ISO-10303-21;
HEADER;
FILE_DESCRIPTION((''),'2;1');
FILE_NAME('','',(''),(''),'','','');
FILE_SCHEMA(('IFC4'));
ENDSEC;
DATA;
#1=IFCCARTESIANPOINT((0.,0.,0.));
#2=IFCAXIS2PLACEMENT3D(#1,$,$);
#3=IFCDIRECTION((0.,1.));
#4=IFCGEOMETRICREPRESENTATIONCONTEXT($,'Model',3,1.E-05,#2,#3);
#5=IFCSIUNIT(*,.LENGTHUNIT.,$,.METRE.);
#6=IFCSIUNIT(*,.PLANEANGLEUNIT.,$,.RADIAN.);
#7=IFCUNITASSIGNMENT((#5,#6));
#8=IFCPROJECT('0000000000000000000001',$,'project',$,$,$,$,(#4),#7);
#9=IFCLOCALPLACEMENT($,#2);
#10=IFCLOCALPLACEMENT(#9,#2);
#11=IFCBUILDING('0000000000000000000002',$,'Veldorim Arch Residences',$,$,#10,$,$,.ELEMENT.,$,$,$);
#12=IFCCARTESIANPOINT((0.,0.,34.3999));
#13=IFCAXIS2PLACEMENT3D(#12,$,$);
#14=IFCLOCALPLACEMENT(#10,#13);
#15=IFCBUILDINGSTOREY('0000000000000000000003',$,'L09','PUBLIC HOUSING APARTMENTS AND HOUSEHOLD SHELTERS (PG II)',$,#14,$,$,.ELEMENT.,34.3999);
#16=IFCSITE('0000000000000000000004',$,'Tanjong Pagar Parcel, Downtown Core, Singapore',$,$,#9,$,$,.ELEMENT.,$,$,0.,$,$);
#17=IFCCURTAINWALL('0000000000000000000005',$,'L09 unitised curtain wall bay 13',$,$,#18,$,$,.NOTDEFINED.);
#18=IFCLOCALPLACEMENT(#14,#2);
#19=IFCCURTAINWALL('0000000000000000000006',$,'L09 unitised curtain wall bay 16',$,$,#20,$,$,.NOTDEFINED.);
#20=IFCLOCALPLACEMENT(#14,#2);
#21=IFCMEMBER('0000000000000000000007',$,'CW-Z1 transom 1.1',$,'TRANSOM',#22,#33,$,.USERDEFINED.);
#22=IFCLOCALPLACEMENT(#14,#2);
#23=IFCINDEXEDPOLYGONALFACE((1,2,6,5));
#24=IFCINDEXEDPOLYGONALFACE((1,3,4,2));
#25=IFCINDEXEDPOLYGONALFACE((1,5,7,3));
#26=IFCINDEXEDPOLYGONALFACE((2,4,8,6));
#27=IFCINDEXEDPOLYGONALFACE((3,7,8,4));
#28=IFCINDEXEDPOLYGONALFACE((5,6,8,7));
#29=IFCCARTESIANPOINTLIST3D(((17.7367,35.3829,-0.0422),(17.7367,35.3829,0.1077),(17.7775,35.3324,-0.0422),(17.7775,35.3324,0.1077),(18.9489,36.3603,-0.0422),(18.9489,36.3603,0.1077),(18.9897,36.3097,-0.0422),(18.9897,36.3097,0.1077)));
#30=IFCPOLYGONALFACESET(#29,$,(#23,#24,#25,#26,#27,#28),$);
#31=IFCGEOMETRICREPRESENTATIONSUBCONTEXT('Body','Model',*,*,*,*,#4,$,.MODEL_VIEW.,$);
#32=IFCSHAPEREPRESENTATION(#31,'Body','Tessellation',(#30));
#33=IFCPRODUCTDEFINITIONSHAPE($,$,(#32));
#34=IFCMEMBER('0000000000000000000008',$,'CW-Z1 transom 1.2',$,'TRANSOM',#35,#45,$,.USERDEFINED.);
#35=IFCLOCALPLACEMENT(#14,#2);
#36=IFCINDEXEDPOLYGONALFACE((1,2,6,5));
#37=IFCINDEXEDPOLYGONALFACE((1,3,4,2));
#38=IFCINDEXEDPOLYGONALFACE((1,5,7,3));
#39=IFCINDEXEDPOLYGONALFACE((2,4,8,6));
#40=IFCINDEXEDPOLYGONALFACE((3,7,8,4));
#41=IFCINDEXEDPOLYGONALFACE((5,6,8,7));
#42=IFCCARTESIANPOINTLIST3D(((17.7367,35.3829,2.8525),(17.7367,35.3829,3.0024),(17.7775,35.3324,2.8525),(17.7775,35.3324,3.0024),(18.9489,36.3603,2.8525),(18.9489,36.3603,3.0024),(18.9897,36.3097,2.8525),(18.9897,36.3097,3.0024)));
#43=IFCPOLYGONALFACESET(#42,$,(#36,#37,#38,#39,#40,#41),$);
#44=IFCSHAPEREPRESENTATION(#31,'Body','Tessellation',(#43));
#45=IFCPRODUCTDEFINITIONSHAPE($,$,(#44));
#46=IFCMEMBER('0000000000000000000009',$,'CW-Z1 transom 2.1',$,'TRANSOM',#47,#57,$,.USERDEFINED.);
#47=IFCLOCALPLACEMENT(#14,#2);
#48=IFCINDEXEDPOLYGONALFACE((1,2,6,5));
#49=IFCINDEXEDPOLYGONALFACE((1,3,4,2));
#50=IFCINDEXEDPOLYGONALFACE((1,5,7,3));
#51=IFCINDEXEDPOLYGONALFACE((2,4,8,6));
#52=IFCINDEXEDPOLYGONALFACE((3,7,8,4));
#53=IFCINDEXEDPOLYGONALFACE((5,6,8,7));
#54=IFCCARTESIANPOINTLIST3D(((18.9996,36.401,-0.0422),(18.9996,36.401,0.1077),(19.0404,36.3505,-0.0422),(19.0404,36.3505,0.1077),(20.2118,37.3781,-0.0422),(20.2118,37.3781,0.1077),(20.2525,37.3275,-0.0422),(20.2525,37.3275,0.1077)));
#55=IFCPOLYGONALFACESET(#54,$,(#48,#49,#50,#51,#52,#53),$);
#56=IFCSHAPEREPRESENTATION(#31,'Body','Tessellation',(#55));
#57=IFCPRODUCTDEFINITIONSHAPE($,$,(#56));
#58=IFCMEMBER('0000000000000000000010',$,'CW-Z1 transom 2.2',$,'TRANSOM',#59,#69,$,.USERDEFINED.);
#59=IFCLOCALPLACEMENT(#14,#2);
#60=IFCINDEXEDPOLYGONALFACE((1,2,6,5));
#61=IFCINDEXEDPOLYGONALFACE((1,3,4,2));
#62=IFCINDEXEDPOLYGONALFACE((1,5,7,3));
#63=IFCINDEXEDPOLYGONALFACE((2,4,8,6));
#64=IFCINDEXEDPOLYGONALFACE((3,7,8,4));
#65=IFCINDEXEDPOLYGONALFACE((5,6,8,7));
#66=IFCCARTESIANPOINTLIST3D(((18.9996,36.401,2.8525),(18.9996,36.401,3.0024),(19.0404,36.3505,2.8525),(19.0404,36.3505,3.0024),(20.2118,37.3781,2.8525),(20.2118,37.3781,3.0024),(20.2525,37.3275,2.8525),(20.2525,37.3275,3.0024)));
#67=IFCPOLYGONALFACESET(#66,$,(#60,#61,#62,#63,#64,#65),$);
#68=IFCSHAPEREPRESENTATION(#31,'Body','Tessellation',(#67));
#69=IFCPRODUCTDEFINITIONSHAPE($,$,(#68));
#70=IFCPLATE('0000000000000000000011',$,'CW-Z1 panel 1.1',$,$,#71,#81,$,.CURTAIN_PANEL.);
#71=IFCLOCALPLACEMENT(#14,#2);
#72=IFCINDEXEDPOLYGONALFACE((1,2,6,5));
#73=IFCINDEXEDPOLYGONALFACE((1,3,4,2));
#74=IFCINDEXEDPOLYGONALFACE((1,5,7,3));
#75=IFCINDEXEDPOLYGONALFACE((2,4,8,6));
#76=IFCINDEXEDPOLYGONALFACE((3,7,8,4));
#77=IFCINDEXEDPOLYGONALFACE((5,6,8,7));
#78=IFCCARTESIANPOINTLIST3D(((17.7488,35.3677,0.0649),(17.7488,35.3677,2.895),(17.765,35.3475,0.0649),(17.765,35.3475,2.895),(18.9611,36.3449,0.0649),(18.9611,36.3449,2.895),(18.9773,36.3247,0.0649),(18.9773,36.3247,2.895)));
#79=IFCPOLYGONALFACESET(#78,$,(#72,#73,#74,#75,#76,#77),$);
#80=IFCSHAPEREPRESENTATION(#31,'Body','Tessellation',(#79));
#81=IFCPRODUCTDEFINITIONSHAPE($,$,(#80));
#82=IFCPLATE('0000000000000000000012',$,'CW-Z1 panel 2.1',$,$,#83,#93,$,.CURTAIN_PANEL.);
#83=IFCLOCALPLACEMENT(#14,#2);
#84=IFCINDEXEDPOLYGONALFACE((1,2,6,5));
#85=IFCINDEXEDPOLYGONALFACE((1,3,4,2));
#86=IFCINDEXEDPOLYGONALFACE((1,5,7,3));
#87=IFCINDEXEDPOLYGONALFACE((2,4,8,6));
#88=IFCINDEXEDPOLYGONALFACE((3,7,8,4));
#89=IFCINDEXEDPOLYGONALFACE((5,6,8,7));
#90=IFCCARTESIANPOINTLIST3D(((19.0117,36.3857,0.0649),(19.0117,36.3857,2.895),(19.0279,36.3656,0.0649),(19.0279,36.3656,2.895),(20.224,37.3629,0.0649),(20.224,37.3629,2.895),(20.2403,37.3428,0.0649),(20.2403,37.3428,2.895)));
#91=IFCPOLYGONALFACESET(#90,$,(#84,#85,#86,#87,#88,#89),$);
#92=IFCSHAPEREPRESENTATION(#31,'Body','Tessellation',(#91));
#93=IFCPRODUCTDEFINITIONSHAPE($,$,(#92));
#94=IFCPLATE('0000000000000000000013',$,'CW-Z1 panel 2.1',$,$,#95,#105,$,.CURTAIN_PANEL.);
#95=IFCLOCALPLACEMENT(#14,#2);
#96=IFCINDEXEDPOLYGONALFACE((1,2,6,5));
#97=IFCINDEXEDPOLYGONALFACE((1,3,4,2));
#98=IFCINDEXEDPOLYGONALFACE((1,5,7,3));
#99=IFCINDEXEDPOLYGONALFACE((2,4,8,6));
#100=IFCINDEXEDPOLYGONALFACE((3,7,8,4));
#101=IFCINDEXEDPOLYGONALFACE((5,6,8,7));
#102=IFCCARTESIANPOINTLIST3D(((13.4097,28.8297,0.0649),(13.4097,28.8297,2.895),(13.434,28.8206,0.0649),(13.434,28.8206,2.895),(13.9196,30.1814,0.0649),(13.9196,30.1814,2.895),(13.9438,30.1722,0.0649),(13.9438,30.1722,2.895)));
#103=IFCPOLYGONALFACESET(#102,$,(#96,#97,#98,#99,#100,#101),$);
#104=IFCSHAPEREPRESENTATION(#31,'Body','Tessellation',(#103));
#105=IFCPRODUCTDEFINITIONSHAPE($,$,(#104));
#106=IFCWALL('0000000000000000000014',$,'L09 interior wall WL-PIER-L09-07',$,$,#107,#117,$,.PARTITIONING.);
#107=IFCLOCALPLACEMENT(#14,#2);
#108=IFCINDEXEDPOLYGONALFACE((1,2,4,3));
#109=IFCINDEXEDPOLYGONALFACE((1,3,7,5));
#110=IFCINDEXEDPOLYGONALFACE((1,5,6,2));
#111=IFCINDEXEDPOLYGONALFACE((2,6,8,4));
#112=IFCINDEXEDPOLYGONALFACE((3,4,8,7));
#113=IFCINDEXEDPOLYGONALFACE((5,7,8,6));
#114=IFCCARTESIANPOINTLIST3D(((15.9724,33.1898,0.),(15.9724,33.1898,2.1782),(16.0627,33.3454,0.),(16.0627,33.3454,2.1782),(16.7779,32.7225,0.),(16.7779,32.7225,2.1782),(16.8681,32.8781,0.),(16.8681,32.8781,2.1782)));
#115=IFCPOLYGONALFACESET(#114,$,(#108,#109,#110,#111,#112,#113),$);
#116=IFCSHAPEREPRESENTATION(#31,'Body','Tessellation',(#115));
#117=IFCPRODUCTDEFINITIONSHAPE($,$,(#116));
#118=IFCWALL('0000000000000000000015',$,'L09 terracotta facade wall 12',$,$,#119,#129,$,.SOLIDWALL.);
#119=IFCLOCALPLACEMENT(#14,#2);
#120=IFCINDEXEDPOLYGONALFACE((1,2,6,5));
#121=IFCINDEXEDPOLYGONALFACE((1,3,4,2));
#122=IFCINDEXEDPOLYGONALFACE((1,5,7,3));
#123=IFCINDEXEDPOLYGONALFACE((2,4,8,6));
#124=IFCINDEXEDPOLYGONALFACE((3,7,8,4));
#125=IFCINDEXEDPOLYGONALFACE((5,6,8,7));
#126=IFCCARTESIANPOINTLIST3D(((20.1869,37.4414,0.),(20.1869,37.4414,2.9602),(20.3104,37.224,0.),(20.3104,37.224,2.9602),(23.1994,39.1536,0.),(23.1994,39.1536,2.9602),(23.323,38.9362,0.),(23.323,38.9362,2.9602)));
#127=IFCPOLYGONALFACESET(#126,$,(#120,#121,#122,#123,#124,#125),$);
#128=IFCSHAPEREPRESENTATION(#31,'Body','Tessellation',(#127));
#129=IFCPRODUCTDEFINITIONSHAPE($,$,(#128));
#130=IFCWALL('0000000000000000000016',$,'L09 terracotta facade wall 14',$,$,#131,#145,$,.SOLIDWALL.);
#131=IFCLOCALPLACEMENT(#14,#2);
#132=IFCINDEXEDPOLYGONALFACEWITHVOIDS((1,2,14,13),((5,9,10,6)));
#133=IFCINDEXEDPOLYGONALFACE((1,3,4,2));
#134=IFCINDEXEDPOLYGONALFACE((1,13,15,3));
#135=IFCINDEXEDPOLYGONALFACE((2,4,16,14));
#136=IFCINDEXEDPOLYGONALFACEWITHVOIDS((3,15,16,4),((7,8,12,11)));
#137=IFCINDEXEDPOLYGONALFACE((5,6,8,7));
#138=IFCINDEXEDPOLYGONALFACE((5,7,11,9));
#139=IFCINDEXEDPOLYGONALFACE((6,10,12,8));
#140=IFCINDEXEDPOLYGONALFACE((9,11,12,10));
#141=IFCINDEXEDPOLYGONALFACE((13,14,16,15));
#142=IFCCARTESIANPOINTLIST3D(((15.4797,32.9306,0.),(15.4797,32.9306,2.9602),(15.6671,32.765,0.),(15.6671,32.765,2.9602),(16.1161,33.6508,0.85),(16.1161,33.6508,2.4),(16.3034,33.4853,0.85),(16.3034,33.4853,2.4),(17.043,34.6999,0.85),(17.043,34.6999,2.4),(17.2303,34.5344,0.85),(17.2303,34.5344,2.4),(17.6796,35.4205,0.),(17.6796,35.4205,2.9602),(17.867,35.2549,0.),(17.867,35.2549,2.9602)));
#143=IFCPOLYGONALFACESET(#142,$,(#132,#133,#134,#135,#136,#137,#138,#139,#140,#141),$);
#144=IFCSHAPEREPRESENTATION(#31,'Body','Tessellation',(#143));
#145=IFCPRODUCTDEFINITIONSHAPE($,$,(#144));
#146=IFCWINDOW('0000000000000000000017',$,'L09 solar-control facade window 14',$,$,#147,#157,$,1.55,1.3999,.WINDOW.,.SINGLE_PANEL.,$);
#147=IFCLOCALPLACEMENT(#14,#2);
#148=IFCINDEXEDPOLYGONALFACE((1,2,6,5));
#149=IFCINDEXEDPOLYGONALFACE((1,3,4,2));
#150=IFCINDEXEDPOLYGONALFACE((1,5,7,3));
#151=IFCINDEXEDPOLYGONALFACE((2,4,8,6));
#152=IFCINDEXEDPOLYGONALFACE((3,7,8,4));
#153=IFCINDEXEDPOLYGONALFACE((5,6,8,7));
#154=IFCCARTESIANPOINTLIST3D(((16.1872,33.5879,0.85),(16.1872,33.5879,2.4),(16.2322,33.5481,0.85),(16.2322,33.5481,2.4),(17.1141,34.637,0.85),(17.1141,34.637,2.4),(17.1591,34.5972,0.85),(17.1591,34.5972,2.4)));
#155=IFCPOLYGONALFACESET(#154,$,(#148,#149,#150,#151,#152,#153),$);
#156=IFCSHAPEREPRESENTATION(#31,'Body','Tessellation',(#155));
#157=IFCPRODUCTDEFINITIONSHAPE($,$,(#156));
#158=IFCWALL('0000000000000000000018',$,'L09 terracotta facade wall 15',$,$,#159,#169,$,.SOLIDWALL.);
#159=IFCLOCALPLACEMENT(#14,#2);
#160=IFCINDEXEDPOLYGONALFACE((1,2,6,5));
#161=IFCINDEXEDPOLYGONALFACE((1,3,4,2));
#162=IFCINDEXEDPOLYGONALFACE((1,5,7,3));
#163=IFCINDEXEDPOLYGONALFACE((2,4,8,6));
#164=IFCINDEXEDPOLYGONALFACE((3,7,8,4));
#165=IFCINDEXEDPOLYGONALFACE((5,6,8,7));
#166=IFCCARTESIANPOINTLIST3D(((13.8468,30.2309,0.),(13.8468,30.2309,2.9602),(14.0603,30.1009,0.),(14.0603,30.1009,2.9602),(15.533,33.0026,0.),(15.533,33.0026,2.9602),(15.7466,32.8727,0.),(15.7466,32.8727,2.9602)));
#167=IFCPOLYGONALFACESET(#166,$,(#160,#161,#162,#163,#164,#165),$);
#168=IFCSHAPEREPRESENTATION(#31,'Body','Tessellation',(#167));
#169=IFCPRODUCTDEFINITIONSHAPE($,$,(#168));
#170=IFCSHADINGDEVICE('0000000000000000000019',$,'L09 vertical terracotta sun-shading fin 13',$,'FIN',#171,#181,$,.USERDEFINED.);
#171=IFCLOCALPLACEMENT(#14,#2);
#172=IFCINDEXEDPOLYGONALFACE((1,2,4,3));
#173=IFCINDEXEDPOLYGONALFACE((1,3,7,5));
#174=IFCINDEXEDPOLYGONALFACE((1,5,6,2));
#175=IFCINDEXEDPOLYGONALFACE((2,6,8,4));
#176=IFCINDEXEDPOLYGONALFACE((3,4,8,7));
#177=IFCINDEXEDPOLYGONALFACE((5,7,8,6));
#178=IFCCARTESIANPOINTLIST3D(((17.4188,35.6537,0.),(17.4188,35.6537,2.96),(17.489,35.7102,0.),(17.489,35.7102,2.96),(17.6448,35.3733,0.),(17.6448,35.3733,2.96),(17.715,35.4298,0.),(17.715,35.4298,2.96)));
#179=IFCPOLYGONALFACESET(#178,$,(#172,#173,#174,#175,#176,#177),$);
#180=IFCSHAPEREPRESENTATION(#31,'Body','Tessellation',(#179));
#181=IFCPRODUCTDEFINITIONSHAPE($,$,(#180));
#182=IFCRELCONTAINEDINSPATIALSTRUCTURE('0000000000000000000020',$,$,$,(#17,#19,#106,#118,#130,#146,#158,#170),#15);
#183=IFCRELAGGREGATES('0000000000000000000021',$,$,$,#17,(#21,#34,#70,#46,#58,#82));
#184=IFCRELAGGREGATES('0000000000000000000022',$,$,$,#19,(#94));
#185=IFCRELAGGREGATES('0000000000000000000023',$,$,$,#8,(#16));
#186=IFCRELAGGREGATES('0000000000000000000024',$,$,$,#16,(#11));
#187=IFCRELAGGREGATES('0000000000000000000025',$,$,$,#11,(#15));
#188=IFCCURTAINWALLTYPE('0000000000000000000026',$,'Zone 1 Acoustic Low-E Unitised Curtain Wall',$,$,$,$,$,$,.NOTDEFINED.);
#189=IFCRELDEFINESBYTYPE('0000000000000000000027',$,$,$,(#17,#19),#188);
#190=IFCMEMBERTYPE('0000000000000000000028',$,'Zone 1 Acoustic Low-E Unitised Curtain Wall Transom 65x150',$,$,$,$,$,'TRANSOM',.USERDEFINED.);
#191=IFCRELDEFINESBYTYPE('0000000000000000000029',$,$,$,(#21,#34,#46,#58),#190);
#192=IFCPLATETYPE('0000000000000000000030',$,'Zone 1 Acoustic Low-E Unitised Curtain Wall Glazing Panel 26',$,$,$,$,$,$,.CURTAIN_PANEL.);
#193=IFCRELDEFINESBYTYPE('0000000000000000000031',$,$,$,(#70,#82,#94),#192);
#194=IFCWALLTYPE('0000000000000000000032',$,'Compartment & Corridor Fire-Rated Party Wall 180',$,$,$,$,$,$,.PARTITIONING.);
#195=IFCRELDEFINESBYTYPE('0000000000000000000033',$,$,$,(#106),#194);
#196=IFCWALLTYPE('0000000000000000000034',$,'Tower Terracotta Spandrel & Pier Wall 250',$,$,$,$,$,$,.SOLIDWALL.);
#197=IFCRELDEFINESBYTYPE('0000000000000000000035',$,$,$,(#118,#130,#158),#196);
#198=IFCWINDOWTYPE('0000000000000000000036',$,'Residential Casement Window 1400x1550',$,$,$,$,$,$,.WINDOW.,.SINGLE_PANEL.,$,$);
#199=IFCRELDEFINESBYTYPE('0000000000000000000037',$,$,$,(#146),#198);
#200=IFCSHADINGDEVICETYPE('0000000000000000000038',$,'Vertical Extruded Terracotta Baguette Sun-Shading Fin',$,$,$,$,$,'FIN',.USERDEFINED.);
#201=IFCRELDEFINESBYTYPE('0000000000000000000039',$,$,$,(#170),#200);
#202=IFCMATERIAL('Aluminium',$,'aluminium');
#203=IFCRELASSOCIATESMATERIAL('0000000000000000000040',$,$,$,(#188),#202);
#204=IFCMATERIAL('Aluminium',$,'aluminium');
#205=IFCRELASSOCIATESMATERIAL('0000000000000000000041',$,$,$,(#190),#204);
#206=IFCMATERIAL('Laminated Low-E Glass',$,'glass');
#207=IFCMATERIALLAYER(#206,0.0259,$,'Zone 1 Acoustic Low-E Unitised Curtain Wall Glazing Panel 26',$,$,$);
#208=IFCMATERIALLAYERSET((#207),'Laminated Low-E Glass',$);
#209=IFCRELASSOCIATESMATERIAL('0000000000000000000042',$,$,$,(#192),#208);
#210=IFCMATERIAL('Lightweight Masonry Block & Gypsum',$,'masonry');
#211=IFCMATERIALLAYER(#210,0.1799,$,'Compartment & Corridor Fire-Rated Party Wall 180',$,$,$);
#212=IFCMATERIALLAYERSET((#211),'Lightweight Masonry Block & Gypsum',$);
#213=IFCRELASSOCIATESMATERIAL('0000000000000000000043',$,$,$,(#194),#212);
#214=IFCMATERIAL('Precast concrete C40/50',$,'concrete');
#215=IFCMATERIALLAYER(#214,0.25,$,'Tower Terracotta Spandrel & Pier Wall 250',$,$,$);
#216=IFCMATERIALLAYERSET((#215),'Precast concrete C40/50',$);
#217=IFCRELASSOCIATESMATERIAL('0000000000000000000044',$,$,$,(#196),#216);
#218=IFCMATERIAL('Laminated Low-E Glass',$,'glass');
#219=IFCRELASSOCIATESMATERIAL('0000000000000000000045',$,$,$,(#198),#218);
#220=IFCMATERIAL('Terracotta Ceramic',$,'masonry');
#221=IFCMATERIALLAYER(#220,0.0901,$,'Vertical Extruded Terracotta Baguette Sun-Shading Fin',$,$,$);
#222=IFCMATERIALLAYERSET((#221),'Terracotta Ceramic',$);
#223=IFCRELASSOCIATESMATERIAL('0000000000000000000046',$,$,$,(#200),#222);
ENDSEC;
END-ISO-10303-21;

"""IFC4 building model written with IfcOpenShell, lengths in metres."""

from ifc_helpers import new_model, si_unit, direction, frame, frame_2d, origin, origin_2d, place, context, subcontext, project, spatial, rectangle, extrude, material, layer, layer_set, material_profile, profile_set, type_object, element, fill, aggregate, save


model = new_model("IFC4")

# Units and contexts
model_context = context("Model", 3, precision=1e-05, world=origin(), true_north=direction((0.0, 1.0)))
body_context = subcontext(model_context, "Body", "Model", "MODEL_VIEW")
ifc_project = project(units=[si_unit("LENGTHUNIT", "METRE"), si_unit("PLANEANGLEUNIT", "RADIAN")], contexts=[model_context])

# Site, building, storey
site_placement = place(None, origin())
site = spatial("IfcSite", under=ifc_project, at=site_placement, Name="Tanjong Pagar Parcel, Downtown Core, Singapore", CompositionType="ELEMENT", RefElevation=0.0)
building_placement = place(site_placement, origin())
building = spatial("IfcBuilding", under=site, at=building_placement, Name="Veldorim Arch Residences", CompositionType="ELEMENT")
storey_placement = place(building_placement, frame((0.0, 0.0, 34.3999)))
storey = spatial("IfcBuildingStorey", under=building, at=storey_placement, Name="L09", Description="PUBLIC HOUSING APARTMENTS AND HOUSEHOLD SHELTERS (PG II)", CompositionType="ELEMENT", Elevation=34.3999)

# Curtain wall
ifc_material_1 = material(Name="Aluminium", Category="aluminium")
curtain_wall_type = type_object("IfcCurtainWallType", Name="Zone 1 Acoustic Low-E Unitised Curtain Wall", PredefinedType="NOTDEFINED", material=ifc_material_1)
curtain_wall_1_placement = place(storey_placement, origin())
curtain_wall_1 = element("IfcCurtainWall", 1, at=curtain_wall_1_placement, inside=storey, type_object=curtain_wall_type, Name="L09 unitised curtain wall bay 13", PredefinedType="NOTDEFINED")

# Curtain wall
curtain_wall_2_placement = place(storey_placement, origin())
curtain_wall_2 = element("IfcCurtainWall", 2, at=curtain_wall_2_placement, inside=storey, type_object=curtain_wall_type, Name="L09 unitised curtain wall bay 16", PredefinedType="NOTDEFINED")

# Members
ifc_material_2 = material(Name="Aluminium", Category="aluminium")
ifc_material_profile_1 = material_profile(ifc_material_2, rectangle(XDim=0.0649, YDim=0.1499, at=origin_2d()), Name="ALU_TRN_65x150")
ifc_profile_set_1 = profile_set([ifc_material_profile_1], Name="Aluminium")
member_type_1 = type_object("IfcMemberType", Name="Zone 1 Acoustic Low-E Unitised Curtain Wall Transom 65x150", ElementType="TRANSOM", PredefinedType="USERDEFINED", material=ifc_profile_set_1)
member_1_placement = place(storey_placement, frame((17.7571, 35.3577, 0.0327), z_axis=(0.778492, 0.627654, 0.0), x_axis=(-0.627654, 0.778492, 0.0)))
member_1 = element("IfcMember", 3, at=member_1_placement, type_object=member_type_1, Name="CW-Z1 transom 1.1", ObjectType="TRANSOM", PredefinedType="USERDEFINED", context=body_context, shape_type="SweptSolid", body=[
    extrude(rectangle(XDim=0.0649, YDim=0.1499, at=origin_2d()), origin(), (0.0, 0.0, 1.0), 1.5571),
])
member_2_placement = place(storey_placement, frame((17.7571, 35.3577, 2.9275), z_axis=(0.778492, 0.627654, 0.0), x_axis=(-0.627654, 0.778492, 0.0)))
member_2 = element("IfcMember", 4, at=member_2_placement, type_object=member_type_1, Name="CW-Z1 transom 1.2", ObjectType="TRANSOM", PredefinedType="USERDEFINED", context=body_context, shape_type="SweptSolid", body=[
    extrude(rectangle(XDim=0.0649, YDim=0.1499, at=origin_2d()), origin(), (0.0, 0.0, 1.0), 1.5571),
])
member_3_placement = place(storey_placement, frame((19.02, 36.3757, 0.0327), z_axis=(0.778569, 0.627559, 0.0), x_axis=(-0.627559, 0.778569, 0.0)))
member_3 = element("IfcMember", 5, at=member_3_placement, type_object=member_type_1, Name="CW-Z1 transom 2.1", ObjectType="TRANSOM", PredefinedType="USERDEFINED", context=body_context, shape_type="SweptSolid", body=[
    extrude(rectangle(XDim=0.0649, YDim=0.1499, at=origin_2d()), origin(), (0.0, 0.0, 1.0), 1.5569),
])
member_4_placement = place(storey_placement, frame((19.02, 36.3757, 2.9275), z_axis=(0.778569, 0.627559, 0.0), x_axis=(-0.627559, 0.778569, 0.0)))
member_4 = element("IfcMember", 6, at=member_4_placement, type_object=member_type_1, Name="CW-Z1 transom 2.2", ObjectType="TRANSOM", PredefinedType="USERDEFINED", context=body_context, shape_type="SweptSolid", body=[
    extrude(rectangle(XDim=0.0649, YDim=0.1499, at=origin_2d()), origin(), (0.0, 0.0, 1.0), 1.5569),
])

# Plates
ifc_material_3 = material(Name="Laminated Low-E Glass", Category="glass")
ifc_layer_1 = layer(ifc_material_3, 0.0259, Name="Zone 1 Acoustic Low-E Unitised Curtain Wall Glazing Panel 26")
ifc_layer_set_1 = layer_set([ifc_layer_1], Name="Laminated Low-E Glass")
plate_type = type_object("IfcPlateType", Name="Zone 1 Acoustic Low-E Unitised Curtain Wall Glazing Panel 26", PredefinedType="CURTAIN_PANEL", material=ifc_layer_set_1)
plate_1_placement = place(storey_placement, frame((18.363, 35.8462, 0.0649), z_axis=(0.0, 0.0, 1.0), x_axis=(0.778567, 0.627562, 0.0)))
plate_1 = element("IfcPlate", 7, at=plate_1_placement, type_object=plate_type, Name="CW-Z1 panel 1.1", PredefinedType="CURTAIN_PANEL", context=body_context, shape_type="SweptSolid", body=[
    extrude(rectangle(XDim=1.5571, YDim=0.0259, at=origin_2d()), origin(), (0.0, 0.0, 1.0), 2.8301),
])
plate_2_placement = place(storey_placement, frame((19.626, 36.8643, 0.0649), z_axis=(0.0, 0.0, 1.0), x_axis=(0.778567, 0.627562, 0.0)))
plate_2 = element("IfcPlate", 8, at=plate_2_placement, type_object=plate_type, Name="CW-Z1 panel 2.1", PredefinedType="CURTAIN_PANEL", context=body_context, shape_type="SweptSolid", body=[
    extrude(rectangle(XDim=1.5571, YDim=0.0259, at=origin_2d()), origin(), (0.0, 0.0, 1.0), 2.8301),
])
aggregate(curtain_wall_1, [member_1, member_2, plate_1, member_3, member_4, plate_2])
plate_3_placement = place(storey_placement, frame((13.6768, 29.501, 0.0649), z_axis=(0.0, 0.0, 1.0), x_axis=(0.352914, 0.935656, 0.0)))
plate_3 = element("IfcPlate", 9, at=plate_3_placement, type_object=plate_type, Name="CW-Z1 panel 2.1", PredefinedType="CURTAIN_PANEL", context=body_context, shape_type="SweptSolid", body=[
    extrude(rectangle(XDim=1.4446, YDim=0.0259, at=origin_2d()), origin(), (0.0, 0.0, 1.0), 2.8301),
])
aggregate(curtain_wall_2, [plate_3])

# Walls
ifc_material_4 = material(Name="Lightweight Masonry Block & Gypsum", Category="masonry")
ifc_layer_2 = layer(ifc_material_4, 0.1799, Name="Compartment & Corridor Fire-Rated Party Wall 180")
ifc_layer_set_2 = layer_set([ifc_layer_2], Name="Lightweight Masonry Block & Gypsum")
wall_type_1 = type_object("IfcWallType", Name="Compartment & Corridor Fire-Rated Party Wall 180", PredefinedType="PARTITIONING", material=ifc_layer_set_2)
wall_1_placement = place(storey_placement, frame((16.823, 32.8003, 0.0), z_axis=(0.0, 0.0, 1.0), x_axis=(-0.864965, 0.501832, 0.0)))
element("IfcWall", 10, at=wall_1_placement, inside=storey, type_object=wall_type_1, Name="L09 interior wall WL-PIER-L09-07", PredefinedType="PARTITIONING", context=body_context, shape_type="SweptSolid", body=[
    extrude(rectangle(XDim=0.9312, YDim=0.1799, at=frame_2d((0.4656, 0.0))), origin(), (0.0, 0.0, 1.0), 2.1782),
])
ifc_material_5 = material(Name="Precast concrete C40/50", Category="concrete")
ifc_layer_3 = layer(ifc_material_5, 0.25, Name="Tower Terracotta Spandrel & Pier Wall 250")
ifc_layer_set_3 = layer_set([ifc_layer_3], Name="Precast concrete C40/50")
wall_type_2 = type_object("IfcWallType", Name="Tower Terracotta Spandrel & Pier Wall 250", PredefinedType="SOLIDWALL", material=ifc_layer_set_3)
wall_2_placement = place(storey_placement, frame((20.2488, 37.3328, 0.0), z_axis=(0.0, 0.0, 1.0), x_axis=(0.86939, 0.494127, 0.0)))
element("IfcWall", 11, at=wall_2_placement, inside=storey, type_object=wall_type_2, Name="L09 terracotta facade wall 12", PredefinedType="SOLIDWALL", context=body_context, shape_type="SweptSolid", body=[
    extrude(rectangle(XDim=3.4651, YDim=0.25, at=frame_2d((1.7324, 0.0))), origin(), (0.0, 0.0, 1.0), 2.9602),
])

# Wall, opening, window
wall_3_placement = place(storey_placement, frame((15.5735, 32.8479, 0.0), z_axis=(0.0, 0.0, 1.0), x_axis=(0.662112, 0.749405, 0.0)))
wall_3 = element("IfcWall", 12, at=wall_3_placement, inside=storey, type_object=wall_type_2, Name="L09 terracotta facade wall 14", PredefinedType="SOLIDWALL", context=body_context, shape_type="SweptSolid", body=[
    extrude(rectangle(XDim=3.3225, YDim=0.25, at=frame_2d((1.6611, 0.0))), origin(), (0.0, 0.0, 1.0), 2.9602),
])
opening_placement = place(wall_3_placement, frame((0.9609, 0.0, 0.8501)))
opening = element("IfcOpeningElement", 13, at=opening_placement, cuts=wall_3, PredefinedType="OPENING", context=body_context, shape_type="SweptSolid", body=[
    extrude(rectangle(XDim=1.3999, YDim=1.55, at=frame_2d((0.7, 0.7749))), frame((0.0, 0.135, 0.0), z_axis=(0.0, -1.0, 0.0), x_axis=(1.0, 0.0, 0.0)), (0.0, 0.0, 1.0), 0.27),
])
ifc_material_6 = material(Name="Laminated Low-E Glass", Category="glass")
window_type = type_object("IfcWindowType", Name="Residential Casement Window 1400x1550", PartitioningType="SINGLE_PANEL", PredefinedType="WINDOW", material=ifc_material_6)
window_placement = place(opening_placement, origin())
window = element("IfcWindow", 14, at=window_placement, inside=storey, type_object=window_type, Name="L09 solar-control facade window 14", OverallHeight=1.55, OverallWidth=1.3999, PartitioningType="SINGLE_PANEL", PredefinedType="WINDOW", context=body_context, shape_type="SweptSolid", body=[
    extrude(rectangle(XDim=1.3999, YDim=1.55, at=frame_2d((0.7, 0.7749))), frame((0.0, 0.03, 0.0), z_axis=(0.0, -1.0, 0.0), x_axis=(1.0, 0.0, 0.0)), (0.0, 0.0, 1.0), 0.0601),
])
fill(opening, window)

# Wall
wall_4_placement = place(storey_placement, frame((13.9536, 30.166, 0.0), z_axis=(0.0, 0.0, 1.0), x_axis=(0.519754, 0.854316, 0.0)))
element("IfcWall", 15, at=wall_4_placement, inside=storey, type_object=wall_type_2, Name="L09 terracotta facade wall 15", PredefinedType="SOLIDWALL", context=body_context, shape_type="SweptSolid", body=[
    extrude(rectangle(XDim=3.2444, YDim=0.25, at=frame_2d((1.6221, 0.0))), origin(), (0.0, 0.0, 1.0), 2.9602),
])

# Shading device
ifc_material_7 = material(Name="Terracotta Ceramic", Category="masonry")
ifc_layer_4 = layer(ifc_material_7, 0.0901, Name="Vertical Extruded Terracotta Baguette Sun-Shading Fin")
ifc_layer_set_4 = layer_set([ifc_layer_4], Name="Terracotta Ceramic")
shading_device_type = type_object("IfcShadingDeviceType", Name="Vertical Extruded Terracotta Baguette Sun-Shading Fin", ElementType="FIN", PredefinedType="USERDEFINED", material=ifc_layer_set_4)
shading_device_placement = place(storey_placement, frame((17.5669, 35.5417, 0.0), z_axis=(0.0, 0.0, 1.0), x_axis=(0.778572, 0.627555, 0.0)))
element("IfcShadingDevice", 16, at=shading_device_placement, inside=storey, type_object=shading_device_type, Name="L09 vertical terracotta sun-shading fin 13", ObjectType="FIN", PredefinedType="USERDEFINED", context=body_context, shape_type="SweptSolid", body=[
    extrude(rectangle(XDim=0.0901, YDim=0.3601, at=origin_2d()), origin(), (0.0, 0.0, 1.0), 2.96),
])

save(model, "model.ifc")
